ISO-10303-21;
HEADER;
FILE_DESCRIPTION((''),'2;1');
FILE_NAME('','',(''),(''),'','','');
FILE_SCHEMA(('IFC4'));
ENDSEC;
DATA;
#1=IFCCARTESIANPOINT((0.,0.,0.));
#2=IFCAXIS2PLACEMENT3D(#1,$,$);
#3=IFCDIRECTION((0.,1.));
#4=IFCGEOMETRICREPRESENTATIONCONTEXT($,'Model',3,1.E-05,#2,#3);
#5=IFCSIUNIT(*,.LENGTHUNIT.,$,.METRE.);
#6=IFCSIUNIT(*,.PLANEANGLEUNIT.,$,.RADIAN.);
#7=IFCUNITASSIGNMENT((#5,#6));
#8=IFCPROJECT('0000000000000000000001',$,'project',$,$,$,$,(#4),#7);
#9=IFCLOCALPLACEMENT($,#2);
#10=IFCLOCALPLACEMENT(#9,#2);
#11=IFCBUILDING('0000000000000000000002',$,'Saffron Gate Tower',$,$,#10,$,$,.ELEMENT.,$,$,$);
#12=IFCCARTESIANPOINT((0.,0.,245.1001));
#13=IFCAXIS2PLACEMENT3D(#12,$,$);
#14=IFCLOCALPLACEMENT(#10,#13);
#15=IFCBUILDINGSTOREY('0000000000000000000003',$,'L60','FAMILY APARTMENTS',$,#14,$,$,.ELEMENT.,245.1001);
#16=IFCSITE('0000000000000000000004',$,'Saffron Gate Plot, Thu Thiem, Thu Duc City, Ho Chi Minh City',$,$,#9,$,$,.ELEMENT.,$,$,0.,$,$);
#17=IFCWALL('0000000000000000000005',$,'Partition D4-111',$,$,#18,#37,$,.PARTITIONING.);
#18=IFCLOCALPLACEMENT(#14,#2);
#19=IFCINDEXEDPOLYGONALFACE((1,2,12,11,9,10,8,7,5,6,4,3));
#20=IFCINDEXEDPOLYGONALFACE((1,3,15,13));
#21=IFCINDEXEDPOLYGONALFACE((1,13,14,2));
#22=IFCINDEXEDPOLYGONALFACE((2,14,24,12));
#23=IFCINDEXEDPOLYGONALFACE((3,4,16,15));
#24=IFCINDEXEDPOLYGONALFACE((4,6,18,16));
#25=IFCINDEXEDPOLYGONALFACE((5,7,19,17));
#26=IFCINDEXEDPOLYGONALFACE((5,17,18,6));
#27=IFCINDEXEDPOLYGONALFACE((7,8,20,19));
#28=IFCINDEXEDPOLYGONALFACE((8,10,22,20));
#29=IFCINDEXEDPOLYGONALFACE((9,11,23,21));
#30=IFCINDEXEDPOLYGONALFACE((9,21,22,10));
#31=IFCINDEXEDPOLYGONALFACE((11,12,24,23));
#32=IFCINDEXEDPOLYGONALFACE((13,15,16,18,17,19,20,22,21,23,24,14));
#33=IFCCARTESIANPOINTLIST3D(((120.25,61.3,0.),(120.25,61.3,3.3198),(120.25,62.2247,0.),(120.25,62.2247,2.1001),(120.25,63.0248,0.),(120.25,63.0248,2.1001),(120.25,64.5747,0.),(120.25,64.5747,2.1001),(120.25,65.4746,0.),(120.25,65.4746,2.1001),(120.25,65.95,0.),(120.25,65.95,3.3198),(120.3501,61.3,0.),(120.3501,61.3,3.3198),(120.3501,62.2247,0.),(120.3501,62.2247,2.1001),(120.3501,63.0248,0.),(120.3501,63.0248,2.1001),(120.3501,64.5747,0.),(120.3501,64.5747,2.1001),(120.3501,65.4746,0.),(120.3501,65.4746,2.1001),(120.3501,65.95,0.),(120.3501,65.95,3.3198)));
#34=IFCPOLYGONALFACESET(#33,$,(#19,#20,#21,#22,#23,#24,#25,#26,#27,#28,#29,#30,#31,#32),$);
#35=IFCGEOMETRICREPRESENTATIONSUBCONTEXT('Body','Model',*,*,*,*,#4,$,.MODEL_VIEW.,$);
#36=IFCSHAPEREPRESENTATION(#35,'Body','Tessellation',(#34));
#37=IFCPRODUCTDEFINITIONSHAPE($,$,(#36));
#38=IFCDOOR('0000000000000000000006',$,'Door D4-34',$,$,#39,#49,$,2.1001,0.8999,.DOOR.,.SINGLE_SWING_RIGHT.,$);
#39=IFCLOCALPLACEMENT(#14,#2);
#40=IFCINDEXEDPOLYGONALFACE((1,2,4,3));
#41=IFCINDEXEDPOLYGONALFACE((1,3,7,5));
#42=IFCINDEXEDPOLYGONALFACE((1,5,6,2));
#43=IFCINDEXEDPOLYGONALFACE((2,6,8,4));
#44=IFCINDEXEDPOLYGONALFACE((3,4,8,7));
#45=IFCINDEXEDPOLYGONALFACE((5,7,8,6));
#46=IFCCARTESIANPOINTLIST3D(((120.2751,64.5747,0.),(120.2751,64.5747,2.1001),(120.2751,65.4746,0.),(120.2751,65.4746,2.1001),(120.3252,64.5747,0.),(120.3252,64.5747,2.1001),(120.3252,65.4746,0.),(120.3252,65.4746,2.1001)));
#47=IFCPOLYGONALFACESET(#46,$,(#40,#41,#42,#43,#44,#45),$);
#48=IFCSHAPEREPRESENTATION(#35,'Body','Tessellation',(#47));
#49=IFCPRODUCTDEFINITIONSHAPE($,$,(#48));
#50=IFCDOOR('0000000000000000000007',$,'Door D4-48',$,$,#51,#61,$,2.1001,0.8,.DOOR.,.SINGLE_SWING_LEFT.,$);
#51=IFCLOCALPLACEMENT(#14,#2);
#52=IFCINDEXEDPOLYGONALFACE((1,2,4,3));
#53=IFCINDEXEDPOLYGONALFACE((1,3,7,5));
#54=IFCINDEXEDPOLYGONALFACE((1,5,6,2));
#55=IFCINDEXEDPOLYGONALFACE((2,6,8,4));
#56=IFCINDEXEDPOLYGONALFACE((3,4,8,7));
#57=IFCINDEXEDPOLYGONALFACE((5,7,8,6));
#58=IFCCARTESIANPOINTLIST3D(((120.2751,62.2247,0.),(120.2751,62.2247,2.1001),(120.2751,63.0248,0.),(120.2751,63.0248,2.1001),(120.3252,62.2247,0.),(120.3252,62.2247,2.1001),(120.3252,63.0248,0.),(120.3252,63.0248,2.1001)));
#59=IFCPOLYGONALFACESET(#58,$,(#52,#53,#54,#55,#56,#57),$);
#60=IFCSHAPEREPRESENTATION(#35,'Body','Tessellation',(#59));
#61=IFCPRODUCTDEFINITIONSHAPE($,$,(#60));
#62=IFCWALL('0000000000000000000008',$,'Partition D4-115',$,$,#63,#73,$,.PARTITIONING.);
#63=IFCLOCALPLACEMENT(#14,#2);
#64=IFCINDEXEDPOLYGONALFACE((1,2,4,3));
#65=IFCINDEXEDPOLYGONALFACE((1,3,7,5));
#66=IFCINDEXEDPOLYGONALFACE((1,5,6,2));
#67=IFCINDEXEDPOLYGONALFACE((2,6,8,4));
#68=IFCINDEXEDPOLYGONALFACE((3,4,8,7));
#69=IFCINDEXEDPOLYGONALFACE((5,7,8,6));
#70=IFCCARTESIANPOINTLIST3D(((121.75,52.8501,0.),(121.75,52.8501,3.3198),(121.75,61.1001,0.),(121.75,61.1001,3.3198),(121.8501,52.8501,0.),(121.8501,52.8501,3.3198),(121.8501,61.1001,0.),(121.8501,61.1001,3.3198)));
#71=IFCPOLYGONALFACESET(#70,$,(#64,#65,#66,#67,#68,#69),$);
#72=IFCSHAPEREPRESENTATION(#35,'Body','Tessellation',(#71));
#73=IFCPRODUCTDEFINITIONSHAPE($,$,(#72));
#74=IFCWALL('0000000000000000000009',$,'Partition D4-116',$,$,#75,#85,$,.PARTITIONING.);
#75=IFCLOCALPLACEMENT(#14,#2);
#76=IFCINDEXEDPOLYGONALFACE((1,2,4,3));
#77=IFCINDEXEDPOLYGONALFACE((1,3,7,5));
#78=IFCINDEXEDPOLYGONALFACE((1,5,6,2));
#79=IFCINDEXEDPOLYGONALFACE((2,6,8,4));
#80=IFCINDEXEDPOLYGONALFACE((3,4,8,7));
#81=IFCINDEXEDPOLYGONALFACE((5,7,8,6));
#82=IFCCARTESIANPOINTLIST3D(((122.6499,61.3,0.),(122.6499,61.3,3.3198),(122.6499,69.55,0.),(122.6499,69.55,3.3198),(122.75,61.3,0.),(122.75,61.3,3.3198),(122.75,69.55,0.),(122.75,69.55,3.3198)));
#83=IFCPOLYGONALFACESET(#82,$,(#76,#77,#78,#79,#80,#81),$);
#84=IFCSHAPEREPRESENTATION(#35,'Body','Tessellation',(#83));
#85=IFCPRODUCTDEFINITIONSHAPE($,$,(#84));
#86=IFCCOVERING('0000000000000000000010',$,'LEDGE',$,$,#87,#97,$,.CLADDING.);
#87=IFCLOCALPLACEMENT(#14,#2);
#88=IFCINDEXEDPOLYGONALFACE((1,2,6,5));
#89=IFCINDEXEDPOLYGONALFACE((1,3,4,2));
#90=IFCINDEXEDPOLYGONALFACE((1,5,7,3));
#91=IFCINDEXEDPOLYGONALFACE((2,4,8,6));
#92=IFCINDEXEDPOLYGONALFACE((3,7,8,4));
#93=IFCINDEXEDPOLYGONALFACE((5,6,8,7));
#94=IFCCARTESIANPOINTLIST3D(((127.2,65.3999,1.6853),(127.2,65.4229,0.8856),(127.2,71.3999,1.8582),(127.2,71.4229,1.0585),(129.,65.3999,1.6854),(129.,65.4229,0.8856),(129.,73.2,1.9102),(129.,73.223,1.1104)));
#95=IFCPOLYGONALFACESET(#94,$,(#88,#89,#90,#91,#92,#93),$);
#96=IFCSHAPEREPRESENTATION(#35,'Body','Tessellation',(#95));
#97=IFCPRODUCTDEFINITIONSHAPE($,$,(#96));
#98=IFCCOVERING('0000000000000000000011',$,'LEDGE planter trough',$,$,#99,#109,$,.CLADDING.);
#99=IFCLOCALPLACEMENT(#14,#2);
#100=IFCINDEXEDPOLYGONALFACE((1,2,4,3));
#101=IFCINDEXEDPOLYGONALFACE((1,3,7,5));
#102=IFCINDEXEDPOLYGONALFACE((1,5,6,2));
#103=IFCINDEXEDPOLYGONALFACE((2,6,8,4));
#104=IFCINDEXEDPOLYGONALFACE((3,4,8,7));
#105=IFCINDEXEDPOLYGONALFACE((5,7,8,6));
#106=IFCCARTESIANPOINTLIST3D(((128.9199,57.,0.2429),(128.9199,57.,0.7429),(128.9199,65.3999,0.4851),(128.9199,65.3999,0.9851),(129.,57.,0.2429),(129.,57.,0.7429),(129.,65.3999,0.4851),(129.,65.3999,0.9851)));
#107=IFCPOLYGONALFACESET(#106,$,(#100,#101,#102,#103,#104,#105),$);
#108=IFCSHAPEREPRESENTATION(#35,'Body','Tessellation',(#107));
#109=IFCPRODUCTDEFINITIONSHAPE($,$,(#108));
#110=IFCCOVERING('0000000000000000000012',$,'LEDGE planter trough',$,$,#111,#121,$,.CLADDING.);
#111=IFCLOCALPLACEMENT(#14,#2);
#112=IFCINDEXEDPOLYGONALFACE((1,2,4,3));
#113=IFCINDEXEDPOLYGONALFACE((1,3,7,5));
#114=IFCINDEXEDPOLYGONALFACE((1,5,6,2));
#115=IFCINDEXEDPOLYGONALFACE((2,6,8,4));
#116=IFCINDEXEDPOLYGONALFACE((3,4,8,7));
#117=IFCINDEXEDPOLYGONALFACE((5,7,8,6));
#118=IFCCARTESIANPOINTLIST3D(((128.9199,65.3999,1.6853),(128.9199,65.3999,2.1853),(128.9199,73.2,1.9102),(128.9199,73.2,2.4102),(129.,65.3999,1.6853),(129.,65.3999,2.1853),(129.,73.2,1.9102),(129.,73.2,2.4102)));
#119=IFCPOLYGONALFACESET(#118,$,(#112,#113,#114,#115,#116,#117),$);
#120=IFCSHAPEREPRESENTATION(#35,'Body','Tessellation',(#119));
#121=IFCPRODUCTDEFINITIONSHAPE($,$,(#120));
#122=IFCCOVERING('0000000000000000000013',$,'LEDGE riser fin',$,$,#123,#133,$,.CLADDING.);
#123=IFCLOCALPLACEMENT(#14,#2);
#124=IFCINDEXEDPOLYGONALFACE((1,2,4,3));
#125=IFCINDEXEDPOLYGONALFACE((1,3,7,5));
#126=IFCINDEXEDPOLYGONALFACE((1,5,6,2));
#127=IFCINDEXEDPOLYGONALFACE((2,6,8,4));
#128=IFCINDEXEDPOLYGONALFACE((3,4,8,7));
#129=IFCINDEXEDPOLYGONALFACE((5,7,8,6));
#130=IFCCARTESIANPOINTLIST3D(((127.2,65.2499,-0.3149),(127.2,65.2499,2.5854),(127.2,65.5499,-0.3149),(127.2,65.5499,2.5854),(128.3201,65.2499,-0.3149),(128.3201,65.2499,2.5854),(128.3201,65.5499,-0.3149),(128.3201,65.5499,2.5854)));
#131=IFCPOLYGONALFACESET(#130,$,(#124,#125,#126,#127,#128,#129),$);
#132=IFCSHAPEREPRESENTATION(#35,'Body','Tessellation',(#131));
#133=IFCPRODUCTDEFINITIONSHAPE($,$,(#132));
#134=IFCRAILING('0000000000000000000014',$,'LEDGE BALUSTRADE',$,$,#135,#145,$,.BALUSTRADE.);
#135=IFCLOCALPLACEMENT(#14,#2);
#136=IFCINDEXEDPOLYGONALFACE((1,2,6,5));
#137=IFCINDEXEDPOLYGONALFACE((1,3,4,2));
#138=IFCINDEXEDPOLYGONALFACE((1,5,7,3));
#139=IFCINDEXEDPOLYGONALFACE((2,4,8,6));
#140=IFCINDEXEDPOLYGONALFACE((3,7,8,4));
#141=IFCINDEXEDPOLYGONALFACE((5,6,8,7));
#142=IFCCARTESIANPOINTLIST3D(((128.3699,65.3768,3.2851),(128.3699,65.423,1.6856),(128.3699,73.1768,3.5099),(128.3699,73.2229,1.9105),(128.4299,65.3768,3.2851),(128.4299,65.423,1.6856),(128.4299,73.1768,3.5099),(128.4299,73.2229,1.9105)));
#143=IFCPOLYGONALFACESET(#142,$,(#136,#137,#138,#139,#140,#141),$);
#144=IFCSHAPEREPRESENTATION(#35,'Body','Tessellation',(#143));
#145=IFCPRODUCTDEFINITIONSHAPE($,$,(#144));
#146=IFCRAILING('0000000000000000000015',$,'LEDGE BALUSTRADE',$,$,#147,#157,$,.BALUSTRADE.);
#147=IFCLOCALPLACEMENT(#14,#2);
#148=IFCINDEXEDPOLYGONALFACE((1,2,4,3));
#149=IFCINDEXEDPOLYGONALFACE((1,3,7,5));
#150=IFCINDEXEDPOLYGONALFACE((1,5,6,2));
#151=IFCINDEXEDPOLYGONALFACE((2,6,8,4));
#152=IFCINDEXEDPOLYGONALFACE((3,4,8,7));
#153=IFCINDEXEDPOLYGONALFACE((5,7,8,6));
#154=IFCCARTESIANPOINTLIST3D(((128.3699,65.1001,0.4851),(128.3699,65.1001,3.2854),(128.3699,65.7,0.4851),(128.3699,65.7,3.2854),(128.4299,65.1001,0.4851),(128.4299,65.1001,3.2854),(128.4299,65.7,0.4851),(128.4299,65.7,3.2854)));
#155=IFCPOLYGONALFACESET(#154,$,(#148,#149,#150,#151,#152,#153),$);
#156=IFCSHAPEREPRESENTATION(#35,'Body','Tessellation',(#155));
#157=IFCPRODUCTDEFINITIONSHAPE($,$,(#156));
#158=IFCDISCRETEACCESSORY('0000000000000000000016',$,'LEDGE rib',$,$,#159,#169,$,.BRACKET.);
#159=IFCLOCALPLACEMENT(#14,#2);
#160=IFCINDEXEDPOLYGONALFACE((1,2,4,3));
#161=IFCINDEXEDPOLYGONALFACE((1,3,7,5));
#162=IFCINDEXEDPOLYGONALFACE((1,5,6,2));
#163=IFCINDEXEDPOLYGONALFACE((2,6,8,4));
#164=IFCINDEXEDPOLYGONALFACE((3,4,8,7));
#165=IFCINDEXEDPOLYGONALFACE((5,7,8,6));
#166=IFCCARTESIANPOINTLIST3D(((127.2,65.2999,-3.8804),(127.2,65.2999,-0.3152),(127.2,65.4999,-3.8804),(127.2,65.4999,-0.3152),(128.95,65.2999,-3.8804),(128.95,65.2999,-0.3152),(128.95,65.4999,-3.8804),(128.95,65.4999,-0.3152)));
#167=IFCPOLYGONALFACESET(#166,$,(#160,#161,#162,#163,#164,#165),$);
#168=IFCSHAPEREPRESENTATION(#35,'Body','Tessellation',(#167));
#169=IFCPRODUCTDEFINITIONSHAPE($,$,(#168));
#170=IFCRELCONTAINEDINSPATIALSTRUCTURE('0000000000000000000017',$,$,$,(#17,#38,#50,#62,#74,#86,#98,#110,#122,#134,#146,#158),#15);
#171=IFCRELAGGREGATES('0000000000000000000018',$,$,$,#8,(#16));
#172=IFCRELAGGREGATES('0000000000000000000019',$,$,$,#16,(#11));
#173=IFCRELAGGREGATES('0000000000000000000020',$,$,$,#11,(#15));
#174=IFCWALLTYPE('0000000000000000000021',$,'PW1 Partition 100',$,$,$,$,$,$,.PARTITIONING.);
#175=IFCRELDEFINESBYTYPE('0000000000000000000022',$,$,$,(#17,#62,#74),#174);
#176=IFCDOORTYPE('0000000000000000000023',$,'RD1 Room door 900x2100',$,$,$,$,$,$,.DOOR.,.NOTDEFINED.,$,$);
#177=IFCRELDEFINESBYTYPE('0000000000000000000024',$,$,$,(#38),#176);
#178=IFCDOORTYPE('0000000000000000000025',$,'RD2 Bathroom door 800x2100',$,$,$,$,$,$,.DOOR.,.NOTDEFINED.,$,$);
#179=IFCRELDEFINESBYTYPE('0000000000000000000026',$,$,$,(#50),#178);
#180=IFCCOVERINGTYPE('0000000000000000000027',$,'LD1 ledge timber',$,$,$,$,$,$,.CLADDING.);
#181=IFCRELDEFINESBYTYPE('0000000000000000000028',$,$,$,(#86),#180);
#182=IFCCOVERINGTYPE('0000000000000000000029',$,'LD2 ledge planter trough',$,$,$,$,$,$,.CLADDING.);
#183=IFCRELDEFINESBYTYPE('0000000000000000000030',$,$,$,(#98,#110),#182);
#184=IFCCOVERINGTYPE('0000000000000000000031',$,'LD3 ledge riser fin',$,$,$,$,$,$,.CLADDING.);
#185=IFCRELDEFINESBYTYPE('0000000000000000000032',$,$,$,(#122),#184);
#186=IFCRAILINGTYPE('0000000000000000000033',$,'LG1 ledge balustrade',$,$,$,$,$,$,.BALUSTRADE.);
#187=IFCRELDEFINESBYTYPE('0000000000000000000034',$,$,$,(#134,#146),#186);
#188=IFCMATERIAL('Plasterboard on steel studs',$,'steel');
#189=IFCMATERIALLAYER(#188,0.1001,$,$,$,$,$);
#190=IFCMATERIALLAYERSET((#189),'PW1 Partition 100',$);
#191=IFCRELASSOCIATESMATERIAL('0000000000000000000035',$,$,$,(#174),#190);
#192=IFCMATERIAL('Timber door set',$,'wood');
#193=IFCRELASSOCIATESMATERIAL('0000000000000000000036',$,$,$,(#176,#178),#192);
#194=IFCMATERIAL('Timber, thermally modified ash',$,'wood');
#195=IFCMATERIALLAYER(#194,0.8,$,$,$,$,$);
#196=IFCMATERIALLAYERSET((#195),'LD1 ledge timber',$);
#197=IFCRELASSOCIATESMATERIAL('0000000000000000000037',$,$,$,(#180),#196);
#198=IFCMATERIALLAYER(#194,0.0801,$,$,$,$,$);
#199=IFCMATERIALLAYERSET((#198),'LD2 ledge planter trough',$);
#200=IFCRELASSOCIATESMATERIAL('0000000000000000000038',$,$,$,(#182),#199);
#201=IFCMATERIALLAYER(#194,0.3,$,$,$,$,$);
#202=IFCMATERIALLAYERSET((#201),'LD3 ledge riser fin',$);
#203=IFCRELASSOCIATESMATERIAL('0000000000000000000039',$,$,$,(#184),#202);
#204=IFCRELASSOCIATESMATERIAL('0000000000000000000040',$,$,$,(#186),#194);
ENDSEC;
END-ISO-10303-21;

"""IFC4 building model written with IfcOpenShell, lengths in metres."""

from ifc_helpers import new_model, si_unit, direction, frame, frame_2d, origin, origin_2d, place, context, subcontext, project, spatial, polyline, rectangle, outline, extrude, material, layer, layer_set, type_object, element, fill, save


model = new_model("IFC4")

# Units and contexts
model_context = context("Model", 3, precision=1e-05, world=origin(), true_north=direction((0.0, 1.0)))
body_context = subcontext(model_context, "Body", "Model", "MODEL_VIEW")
ifc_project = project(units=[si_unit("LENGTHUNIT", "METRE"), si_unit("PLANEANGLEUNIT", "RADIAN")], contexts=[model_context])

# Site, building, storey
site_placement = place(None, origin())
site = spatial("IfcSite", under=ifc_project, at=site_placement, Name="Saffron Gate Plot, Thu Thiem, Thu Duc City, Ho Chi Minh City", CompositionType="ELEMENT", RefElevation=0.0)
building_placement = place(site_placement, origin())
building = spatial("IfcBuilding", under=site, at=building_placement, Name="Saffron Gate Tower", CompositionType="ELEMENT")
storey_placement = place(building_placement, frame((0.0, 0.0, 245.1001)))
storey = spatial("IfcBuildingStorey", under=building, at=storey_placement, Name="L60", Description="FAMILY APARTMENTS", CompositionType="ELEMENT", Elevation=245.1001)

# Shared definitions
ifc_material_1 = material(Name="Plasterboard on steel studs", Category="steel")
ifc_layer_1 = layer(ifc_material_1, 0.1001)
ifc_layer_set_1 = layer_set([ifc_layer_1], Name="PW1 Partition 100")
wall_type = type_object("IfcWallType", Name="PW1 Partition 100", PredefinedType="PARTITIONING", material=ifc_layer_set_1)

# Shared definitions
ifc_material_2 = material(Name="Timber door set", Category="wood")
door_type_1 = type_object("IfcDoorType", Name="RD1 Room door 900x2100", OperationType="NOTDEFINED", PredefinedType="DOOR", material=ifc_material_2)

# Wall, openings, doors
wall_1_placement = place(storey_placement, frame((120.3, 61.3, 0.0), z_axis=(0.0, 0.0, 1.0), x_axis=(0.0, 1.0, 0.0)))
wall_1 = element("IfcWall", 1, at=wall_1_placement, inside=storey, type_object=wall_type, Name="Partition D4-111", PredefinedType="PARTITIONING", context=body_context, shape_type="SweptSolid", body=[
    extrude(rectangle(XDim=4.6499, YDim=0.1001, at=frame_2d((2.325, 0.0))), origin(), (0.0, 0.0, 1.0), 3.3198),
])
opening_1_placement = place(wall_1_placement, frame((0.9248, 0.0, 0.0)))
opening_1 = element("IfcOpeningElement", 2, at=opening_1_placement, cuts=wall_1, PredefinedType="OPENING", context=body_context, shape_type="SweptSolid", body=[
    extrude(rectangle(XDim=0.8, YDim=2.1001, at=frame_2d((0.3999, 1.05))), frame((0.0, 0.0601, 0.0), z_axis=(0.0, -1.0, 0.0), x_axis=(1.0, 0.0, 0.0)), (0.0, 0.0, 1.0), 0.1201),
])
opening_2_placement = place(wall_1_placement, frame((3.2747, 0.0, 0.0)))
opening_2 = element("IfcOpeningElement", 3, at=opening_2_placement, cuts=wall_1, PredefinedType="OPENING", context=body_context, shape_type="SweptSolid", body=[
    extrude(rectangle(XDim=0.8999, YDim=2.1001, at=frame_2d((0.45, 1.05))), frame((0.0, 0.0601, 0.0), z_axis=(0.0, -1.0, 0.0), x_axis=(1.0, 0.0, 0.0)), (0.0, 0.0, 1.0), 0.1201),
])
door_1_placement = place(opening_2_placement, origin())
door_1 = element("IfcDoor", 4, at=door_1_placement, inside=storey, type_object=door_type_1, Name="Door D4-34", OperationType="SINGLE_SWING_RIGHT", OverallHeight=2.1001, OverallWidth=0.8999, PredefinedType="DOOR", context=body_context, shape_type="SweptSolid", body=[
    extrude(rectangle(XDim=0.8999, YDim=2.1001, at=frame_2d((0.45, 1.05))), frame((0.0, 0.0249, 0.0), z_axis=(0.0, -1.0, 0.0), x_axis=(1.0, 0.0, 0.0)), (0.0, 0.0, 1.0), 0.05),
])
fill(opening_2, door_1)
door_type_2 = type_object("IfcDoorType", Name="RD2 Bathroom door 800x2100", OperationType="NOTDEFINED", PredefinedType="DOOR", material=ifc_material_2)
door_2_placement = place(opening_1_placement, origin())
door_2 = element("IfcDoor", 5, at=door_2_placement, inside=storey, type_object=door_type_2, Name="Door D4-48", OperationType="SINGLE_SWING_LEFT", OverallHeight=2.1001, OverallWidth=0.8, PredefinedType="DOOR", context=body_context, shape_type="SweptSolid", body=[
    extrude(rectangle(XDim=0.8, YDim=2.1001, at=frame_2d((0.3999, 1.05))), frame((0.0, 0.0249, 0.0), z_axis=(0.0, -1.0, 0.0), x_axis=(1.0, 0.0, 0.0)), (0.0, 0.0, 1.0), 0.05),
])
fill(opening_1, door_2)

# Walls
for number, where, z_axis, x_axis, name in (
    (6, (121.8, 61.1001, 0.0), (0.0, 0.0, 1.0), (0.0, -1.0, 0.0), "Partition D4-115"),
    (7, (122.7, 69.55, 0.0), (0.0, 0.0, 1.0), (0.0, -1.0, 0.0), "Partition D4-116"),
):
    element("IfcWall", number, at=place(storey_placement, frame(where, z_axis=z_axis, x_axis=x_axis)), inside=storey, type_object=wall_type, Name=name, PredefinedType="PARTITIONING", context=body_context, shape_type="SweptSolid", body=[
        extrude(rectangle(XDim=8.25, YDim=0.1001, at=frame_2d((4.125, 0.0))), origin(), (0.0, 0.0, 1.0), 3.3198),
    ])

# Coverings
ifc_material_3 = material(Name="Timber, thermally modified ash", Category="wood")
ifc_layer_2 = layer(ifc_material_3, 0.8)
ifc_layer_set_2 = layer_set([ifc_layer_2], Name="LD1 ledge timber")
covering_type_1 = type_object("IfcCoveringType", Name="LD1 ledge timber", PredefinedType="CLADDING", material=ifc_layer_set_2)
covering_1_placement = place(storey_placement, frame((127.2, 65.3999, 1.6853), z_axis=(-0.000035, -0.028807, 0.999585), x_axis=(0.0, 0.999585, 0.028807)))
element("IfcCovering", 8, at=covering_1_placement, inside=storey, type_object=covering_type_1, Name="LEDGE", PredefinedType="CLADDING", context=body_context, shape_type="SweptSolid", body=[
    extrude(outline(polyline([(0.0, 0.0), (6.0025, 0.0), (7.8033, -1.8), (0.0, -1.8), (0.0, 0.0)])), origin(), (0.0, 0.0, -1.0), 0.8),
])
ifc_layer_3 = layer(ifc_material_3, 0.0801)
ifc_layer_set_3 = layer_set([ifc_layer_3], Name="LD2 ledge planter trough")
covering_type_2 = type_object("IfcCoveringType", Name="LD2 ledge planter trough", PredefinedType="CLADDING", material=ifc_layer_set_3)
covering_2_placement = place(storey_placement, frame((129.0, 57.0, 0.2429), z_axis=(1.0, 0.0, 0.0), x_axis=(0.0, 0.999585, 0.02882)))
element("IfcCovering", 9, at=covering_2_placement, inside=storey, type_object=covering_type_2, Name="LEDGE planter trough", PredefinedType="CLADDING", context=body_context, shape_type="SweptSolid", body=[
    extrude(outline(polyline([(0.0, 0.0), (8.4034, 0.0), (8.4178, 0.4998), (0.0144, 0.4998), (0.0, 0.0)])), origin(), (0.0, 0.0, -1.0), 0.0801),
])
covering_3_placement = place(storey_placement, frame((129.0, 65.3999, 1.6853), z_axis=(1.0, 0.0, 0.0), x_axis=(0.0, 0.999585, 0.028815)))
element("IfcCovering", 10, at=covering_3_placement, inside=storey, type_object=covering_type_2, Name="LEDGE planter trough", PredefinedType="CLADDING", context=body_context, shape_type="SweptSolid", body=[
    extrude(outline(polyline([(0.0, 0.0), (7.8033, 0.0), (7.8177, 0.4998), (0.0144, 0.4998), (0.0, 0.0)])), origin(), (0.0, 0.0, -1.0), 0.0801),
])
ifc_layer_4 = layer(ifc_material_3, 0.3)
ifc_layer_set_4 = layer_set([ifc_layer_4], Name="LD3 ledge riser fin")
covering_type_3 = type_object("IfcCoveringType", Name="LD3 ledge riser fin", PredefinedType="CLADDING", material=ifc_layer_set_4)
covering_4_placement = place(storey_placement, frame((127.76, 65.3999, -0.3149), z_axis=(0.0, 0.0, 1.0), x_axis=(0.0, 1.0, 0.0)))
element("IfcCovering", 11, at=covering_4_placement, inside=storey, type_object=covering_type_3, Name="LEDGE riser fin", PredefinedType="CLADDING", context=body_context, shape_type="SweptSolid", body=[
    extrude(rectangle(XDim=0.3, YDim=1.1201, at=origin_2d()), origin(), (0.0, 0.0, 1.0), 2.9004),
])

# Railings
railing_type = type_object("IfcRailingType", Name="LG1 ledge balustrade", PredefinedType="BALUSTRADE", material=ifc_material_3)
railing_1_placement = place(storey_placement, frame((128.3999, 65.3999, 1.6853)))
element("IfcRailing", 12, at=railing_1_placement, inside=storey, type_object=railing_type, Name="LEDGE BALUSTRADE", PredefinedType="BALUSTRADE", context=body_context, shape_type="SweptSolid", body=[
    extrude(rectangle(XDim=0.0601, YDim=1.6001, at=origin_2d()), frame((0.0, 0.0, 0.8), z_axis=(0.0, 0.999585, 0.028815), x_axis=(-1.0, 0.0, 0.0)), (0.0, 0.0, 1.0), 7.8032),
])
railing_2_placement = place(storey_placement, frame((128.3999, 65.1001, 0.4851)))
element("IfcRailing", 13, at=railing_2_placement, inside=storey, type_object=railing_type, Name="LEDGE BALUSTRADE", PredefinedType="BALUSTRADE", context=body_context, shape_type="SweptSolid", body=[
    extrude(rectangle(XDim=0.0601, YDim=2.8003, at=origin_2d()), frame((0.0, 0.0, 1.4001), z_axis=(0.0, 1.0, 0.0), x_axis=(-1.0, 0.0, 0.0)), (0.0, 0.0, 1.0), 0.5999),
])

# Discrete accessory
discrete_accessory_placement = place(storey_placement, frame((128.075, 65.3999, -3.8804), z_axis=(0.0, 0.0, 1.0), x_axis=(0.0, 1.0, 0.0)))
element("IfcDiscreteAccessory", 14, at=discrete_accessory_placement, inside=storey, Name="LEDGE rib", PredefinedType="BRACKET", context=body_context, shape_type="SweptSolid", body=[
    extrude(rectangle(XDim=0.2, YDim=1.75, at=origin_2d()), origin(), (0.0, 0.0, 1.0), 3.5652),
])

save(model, "model.ifc")
